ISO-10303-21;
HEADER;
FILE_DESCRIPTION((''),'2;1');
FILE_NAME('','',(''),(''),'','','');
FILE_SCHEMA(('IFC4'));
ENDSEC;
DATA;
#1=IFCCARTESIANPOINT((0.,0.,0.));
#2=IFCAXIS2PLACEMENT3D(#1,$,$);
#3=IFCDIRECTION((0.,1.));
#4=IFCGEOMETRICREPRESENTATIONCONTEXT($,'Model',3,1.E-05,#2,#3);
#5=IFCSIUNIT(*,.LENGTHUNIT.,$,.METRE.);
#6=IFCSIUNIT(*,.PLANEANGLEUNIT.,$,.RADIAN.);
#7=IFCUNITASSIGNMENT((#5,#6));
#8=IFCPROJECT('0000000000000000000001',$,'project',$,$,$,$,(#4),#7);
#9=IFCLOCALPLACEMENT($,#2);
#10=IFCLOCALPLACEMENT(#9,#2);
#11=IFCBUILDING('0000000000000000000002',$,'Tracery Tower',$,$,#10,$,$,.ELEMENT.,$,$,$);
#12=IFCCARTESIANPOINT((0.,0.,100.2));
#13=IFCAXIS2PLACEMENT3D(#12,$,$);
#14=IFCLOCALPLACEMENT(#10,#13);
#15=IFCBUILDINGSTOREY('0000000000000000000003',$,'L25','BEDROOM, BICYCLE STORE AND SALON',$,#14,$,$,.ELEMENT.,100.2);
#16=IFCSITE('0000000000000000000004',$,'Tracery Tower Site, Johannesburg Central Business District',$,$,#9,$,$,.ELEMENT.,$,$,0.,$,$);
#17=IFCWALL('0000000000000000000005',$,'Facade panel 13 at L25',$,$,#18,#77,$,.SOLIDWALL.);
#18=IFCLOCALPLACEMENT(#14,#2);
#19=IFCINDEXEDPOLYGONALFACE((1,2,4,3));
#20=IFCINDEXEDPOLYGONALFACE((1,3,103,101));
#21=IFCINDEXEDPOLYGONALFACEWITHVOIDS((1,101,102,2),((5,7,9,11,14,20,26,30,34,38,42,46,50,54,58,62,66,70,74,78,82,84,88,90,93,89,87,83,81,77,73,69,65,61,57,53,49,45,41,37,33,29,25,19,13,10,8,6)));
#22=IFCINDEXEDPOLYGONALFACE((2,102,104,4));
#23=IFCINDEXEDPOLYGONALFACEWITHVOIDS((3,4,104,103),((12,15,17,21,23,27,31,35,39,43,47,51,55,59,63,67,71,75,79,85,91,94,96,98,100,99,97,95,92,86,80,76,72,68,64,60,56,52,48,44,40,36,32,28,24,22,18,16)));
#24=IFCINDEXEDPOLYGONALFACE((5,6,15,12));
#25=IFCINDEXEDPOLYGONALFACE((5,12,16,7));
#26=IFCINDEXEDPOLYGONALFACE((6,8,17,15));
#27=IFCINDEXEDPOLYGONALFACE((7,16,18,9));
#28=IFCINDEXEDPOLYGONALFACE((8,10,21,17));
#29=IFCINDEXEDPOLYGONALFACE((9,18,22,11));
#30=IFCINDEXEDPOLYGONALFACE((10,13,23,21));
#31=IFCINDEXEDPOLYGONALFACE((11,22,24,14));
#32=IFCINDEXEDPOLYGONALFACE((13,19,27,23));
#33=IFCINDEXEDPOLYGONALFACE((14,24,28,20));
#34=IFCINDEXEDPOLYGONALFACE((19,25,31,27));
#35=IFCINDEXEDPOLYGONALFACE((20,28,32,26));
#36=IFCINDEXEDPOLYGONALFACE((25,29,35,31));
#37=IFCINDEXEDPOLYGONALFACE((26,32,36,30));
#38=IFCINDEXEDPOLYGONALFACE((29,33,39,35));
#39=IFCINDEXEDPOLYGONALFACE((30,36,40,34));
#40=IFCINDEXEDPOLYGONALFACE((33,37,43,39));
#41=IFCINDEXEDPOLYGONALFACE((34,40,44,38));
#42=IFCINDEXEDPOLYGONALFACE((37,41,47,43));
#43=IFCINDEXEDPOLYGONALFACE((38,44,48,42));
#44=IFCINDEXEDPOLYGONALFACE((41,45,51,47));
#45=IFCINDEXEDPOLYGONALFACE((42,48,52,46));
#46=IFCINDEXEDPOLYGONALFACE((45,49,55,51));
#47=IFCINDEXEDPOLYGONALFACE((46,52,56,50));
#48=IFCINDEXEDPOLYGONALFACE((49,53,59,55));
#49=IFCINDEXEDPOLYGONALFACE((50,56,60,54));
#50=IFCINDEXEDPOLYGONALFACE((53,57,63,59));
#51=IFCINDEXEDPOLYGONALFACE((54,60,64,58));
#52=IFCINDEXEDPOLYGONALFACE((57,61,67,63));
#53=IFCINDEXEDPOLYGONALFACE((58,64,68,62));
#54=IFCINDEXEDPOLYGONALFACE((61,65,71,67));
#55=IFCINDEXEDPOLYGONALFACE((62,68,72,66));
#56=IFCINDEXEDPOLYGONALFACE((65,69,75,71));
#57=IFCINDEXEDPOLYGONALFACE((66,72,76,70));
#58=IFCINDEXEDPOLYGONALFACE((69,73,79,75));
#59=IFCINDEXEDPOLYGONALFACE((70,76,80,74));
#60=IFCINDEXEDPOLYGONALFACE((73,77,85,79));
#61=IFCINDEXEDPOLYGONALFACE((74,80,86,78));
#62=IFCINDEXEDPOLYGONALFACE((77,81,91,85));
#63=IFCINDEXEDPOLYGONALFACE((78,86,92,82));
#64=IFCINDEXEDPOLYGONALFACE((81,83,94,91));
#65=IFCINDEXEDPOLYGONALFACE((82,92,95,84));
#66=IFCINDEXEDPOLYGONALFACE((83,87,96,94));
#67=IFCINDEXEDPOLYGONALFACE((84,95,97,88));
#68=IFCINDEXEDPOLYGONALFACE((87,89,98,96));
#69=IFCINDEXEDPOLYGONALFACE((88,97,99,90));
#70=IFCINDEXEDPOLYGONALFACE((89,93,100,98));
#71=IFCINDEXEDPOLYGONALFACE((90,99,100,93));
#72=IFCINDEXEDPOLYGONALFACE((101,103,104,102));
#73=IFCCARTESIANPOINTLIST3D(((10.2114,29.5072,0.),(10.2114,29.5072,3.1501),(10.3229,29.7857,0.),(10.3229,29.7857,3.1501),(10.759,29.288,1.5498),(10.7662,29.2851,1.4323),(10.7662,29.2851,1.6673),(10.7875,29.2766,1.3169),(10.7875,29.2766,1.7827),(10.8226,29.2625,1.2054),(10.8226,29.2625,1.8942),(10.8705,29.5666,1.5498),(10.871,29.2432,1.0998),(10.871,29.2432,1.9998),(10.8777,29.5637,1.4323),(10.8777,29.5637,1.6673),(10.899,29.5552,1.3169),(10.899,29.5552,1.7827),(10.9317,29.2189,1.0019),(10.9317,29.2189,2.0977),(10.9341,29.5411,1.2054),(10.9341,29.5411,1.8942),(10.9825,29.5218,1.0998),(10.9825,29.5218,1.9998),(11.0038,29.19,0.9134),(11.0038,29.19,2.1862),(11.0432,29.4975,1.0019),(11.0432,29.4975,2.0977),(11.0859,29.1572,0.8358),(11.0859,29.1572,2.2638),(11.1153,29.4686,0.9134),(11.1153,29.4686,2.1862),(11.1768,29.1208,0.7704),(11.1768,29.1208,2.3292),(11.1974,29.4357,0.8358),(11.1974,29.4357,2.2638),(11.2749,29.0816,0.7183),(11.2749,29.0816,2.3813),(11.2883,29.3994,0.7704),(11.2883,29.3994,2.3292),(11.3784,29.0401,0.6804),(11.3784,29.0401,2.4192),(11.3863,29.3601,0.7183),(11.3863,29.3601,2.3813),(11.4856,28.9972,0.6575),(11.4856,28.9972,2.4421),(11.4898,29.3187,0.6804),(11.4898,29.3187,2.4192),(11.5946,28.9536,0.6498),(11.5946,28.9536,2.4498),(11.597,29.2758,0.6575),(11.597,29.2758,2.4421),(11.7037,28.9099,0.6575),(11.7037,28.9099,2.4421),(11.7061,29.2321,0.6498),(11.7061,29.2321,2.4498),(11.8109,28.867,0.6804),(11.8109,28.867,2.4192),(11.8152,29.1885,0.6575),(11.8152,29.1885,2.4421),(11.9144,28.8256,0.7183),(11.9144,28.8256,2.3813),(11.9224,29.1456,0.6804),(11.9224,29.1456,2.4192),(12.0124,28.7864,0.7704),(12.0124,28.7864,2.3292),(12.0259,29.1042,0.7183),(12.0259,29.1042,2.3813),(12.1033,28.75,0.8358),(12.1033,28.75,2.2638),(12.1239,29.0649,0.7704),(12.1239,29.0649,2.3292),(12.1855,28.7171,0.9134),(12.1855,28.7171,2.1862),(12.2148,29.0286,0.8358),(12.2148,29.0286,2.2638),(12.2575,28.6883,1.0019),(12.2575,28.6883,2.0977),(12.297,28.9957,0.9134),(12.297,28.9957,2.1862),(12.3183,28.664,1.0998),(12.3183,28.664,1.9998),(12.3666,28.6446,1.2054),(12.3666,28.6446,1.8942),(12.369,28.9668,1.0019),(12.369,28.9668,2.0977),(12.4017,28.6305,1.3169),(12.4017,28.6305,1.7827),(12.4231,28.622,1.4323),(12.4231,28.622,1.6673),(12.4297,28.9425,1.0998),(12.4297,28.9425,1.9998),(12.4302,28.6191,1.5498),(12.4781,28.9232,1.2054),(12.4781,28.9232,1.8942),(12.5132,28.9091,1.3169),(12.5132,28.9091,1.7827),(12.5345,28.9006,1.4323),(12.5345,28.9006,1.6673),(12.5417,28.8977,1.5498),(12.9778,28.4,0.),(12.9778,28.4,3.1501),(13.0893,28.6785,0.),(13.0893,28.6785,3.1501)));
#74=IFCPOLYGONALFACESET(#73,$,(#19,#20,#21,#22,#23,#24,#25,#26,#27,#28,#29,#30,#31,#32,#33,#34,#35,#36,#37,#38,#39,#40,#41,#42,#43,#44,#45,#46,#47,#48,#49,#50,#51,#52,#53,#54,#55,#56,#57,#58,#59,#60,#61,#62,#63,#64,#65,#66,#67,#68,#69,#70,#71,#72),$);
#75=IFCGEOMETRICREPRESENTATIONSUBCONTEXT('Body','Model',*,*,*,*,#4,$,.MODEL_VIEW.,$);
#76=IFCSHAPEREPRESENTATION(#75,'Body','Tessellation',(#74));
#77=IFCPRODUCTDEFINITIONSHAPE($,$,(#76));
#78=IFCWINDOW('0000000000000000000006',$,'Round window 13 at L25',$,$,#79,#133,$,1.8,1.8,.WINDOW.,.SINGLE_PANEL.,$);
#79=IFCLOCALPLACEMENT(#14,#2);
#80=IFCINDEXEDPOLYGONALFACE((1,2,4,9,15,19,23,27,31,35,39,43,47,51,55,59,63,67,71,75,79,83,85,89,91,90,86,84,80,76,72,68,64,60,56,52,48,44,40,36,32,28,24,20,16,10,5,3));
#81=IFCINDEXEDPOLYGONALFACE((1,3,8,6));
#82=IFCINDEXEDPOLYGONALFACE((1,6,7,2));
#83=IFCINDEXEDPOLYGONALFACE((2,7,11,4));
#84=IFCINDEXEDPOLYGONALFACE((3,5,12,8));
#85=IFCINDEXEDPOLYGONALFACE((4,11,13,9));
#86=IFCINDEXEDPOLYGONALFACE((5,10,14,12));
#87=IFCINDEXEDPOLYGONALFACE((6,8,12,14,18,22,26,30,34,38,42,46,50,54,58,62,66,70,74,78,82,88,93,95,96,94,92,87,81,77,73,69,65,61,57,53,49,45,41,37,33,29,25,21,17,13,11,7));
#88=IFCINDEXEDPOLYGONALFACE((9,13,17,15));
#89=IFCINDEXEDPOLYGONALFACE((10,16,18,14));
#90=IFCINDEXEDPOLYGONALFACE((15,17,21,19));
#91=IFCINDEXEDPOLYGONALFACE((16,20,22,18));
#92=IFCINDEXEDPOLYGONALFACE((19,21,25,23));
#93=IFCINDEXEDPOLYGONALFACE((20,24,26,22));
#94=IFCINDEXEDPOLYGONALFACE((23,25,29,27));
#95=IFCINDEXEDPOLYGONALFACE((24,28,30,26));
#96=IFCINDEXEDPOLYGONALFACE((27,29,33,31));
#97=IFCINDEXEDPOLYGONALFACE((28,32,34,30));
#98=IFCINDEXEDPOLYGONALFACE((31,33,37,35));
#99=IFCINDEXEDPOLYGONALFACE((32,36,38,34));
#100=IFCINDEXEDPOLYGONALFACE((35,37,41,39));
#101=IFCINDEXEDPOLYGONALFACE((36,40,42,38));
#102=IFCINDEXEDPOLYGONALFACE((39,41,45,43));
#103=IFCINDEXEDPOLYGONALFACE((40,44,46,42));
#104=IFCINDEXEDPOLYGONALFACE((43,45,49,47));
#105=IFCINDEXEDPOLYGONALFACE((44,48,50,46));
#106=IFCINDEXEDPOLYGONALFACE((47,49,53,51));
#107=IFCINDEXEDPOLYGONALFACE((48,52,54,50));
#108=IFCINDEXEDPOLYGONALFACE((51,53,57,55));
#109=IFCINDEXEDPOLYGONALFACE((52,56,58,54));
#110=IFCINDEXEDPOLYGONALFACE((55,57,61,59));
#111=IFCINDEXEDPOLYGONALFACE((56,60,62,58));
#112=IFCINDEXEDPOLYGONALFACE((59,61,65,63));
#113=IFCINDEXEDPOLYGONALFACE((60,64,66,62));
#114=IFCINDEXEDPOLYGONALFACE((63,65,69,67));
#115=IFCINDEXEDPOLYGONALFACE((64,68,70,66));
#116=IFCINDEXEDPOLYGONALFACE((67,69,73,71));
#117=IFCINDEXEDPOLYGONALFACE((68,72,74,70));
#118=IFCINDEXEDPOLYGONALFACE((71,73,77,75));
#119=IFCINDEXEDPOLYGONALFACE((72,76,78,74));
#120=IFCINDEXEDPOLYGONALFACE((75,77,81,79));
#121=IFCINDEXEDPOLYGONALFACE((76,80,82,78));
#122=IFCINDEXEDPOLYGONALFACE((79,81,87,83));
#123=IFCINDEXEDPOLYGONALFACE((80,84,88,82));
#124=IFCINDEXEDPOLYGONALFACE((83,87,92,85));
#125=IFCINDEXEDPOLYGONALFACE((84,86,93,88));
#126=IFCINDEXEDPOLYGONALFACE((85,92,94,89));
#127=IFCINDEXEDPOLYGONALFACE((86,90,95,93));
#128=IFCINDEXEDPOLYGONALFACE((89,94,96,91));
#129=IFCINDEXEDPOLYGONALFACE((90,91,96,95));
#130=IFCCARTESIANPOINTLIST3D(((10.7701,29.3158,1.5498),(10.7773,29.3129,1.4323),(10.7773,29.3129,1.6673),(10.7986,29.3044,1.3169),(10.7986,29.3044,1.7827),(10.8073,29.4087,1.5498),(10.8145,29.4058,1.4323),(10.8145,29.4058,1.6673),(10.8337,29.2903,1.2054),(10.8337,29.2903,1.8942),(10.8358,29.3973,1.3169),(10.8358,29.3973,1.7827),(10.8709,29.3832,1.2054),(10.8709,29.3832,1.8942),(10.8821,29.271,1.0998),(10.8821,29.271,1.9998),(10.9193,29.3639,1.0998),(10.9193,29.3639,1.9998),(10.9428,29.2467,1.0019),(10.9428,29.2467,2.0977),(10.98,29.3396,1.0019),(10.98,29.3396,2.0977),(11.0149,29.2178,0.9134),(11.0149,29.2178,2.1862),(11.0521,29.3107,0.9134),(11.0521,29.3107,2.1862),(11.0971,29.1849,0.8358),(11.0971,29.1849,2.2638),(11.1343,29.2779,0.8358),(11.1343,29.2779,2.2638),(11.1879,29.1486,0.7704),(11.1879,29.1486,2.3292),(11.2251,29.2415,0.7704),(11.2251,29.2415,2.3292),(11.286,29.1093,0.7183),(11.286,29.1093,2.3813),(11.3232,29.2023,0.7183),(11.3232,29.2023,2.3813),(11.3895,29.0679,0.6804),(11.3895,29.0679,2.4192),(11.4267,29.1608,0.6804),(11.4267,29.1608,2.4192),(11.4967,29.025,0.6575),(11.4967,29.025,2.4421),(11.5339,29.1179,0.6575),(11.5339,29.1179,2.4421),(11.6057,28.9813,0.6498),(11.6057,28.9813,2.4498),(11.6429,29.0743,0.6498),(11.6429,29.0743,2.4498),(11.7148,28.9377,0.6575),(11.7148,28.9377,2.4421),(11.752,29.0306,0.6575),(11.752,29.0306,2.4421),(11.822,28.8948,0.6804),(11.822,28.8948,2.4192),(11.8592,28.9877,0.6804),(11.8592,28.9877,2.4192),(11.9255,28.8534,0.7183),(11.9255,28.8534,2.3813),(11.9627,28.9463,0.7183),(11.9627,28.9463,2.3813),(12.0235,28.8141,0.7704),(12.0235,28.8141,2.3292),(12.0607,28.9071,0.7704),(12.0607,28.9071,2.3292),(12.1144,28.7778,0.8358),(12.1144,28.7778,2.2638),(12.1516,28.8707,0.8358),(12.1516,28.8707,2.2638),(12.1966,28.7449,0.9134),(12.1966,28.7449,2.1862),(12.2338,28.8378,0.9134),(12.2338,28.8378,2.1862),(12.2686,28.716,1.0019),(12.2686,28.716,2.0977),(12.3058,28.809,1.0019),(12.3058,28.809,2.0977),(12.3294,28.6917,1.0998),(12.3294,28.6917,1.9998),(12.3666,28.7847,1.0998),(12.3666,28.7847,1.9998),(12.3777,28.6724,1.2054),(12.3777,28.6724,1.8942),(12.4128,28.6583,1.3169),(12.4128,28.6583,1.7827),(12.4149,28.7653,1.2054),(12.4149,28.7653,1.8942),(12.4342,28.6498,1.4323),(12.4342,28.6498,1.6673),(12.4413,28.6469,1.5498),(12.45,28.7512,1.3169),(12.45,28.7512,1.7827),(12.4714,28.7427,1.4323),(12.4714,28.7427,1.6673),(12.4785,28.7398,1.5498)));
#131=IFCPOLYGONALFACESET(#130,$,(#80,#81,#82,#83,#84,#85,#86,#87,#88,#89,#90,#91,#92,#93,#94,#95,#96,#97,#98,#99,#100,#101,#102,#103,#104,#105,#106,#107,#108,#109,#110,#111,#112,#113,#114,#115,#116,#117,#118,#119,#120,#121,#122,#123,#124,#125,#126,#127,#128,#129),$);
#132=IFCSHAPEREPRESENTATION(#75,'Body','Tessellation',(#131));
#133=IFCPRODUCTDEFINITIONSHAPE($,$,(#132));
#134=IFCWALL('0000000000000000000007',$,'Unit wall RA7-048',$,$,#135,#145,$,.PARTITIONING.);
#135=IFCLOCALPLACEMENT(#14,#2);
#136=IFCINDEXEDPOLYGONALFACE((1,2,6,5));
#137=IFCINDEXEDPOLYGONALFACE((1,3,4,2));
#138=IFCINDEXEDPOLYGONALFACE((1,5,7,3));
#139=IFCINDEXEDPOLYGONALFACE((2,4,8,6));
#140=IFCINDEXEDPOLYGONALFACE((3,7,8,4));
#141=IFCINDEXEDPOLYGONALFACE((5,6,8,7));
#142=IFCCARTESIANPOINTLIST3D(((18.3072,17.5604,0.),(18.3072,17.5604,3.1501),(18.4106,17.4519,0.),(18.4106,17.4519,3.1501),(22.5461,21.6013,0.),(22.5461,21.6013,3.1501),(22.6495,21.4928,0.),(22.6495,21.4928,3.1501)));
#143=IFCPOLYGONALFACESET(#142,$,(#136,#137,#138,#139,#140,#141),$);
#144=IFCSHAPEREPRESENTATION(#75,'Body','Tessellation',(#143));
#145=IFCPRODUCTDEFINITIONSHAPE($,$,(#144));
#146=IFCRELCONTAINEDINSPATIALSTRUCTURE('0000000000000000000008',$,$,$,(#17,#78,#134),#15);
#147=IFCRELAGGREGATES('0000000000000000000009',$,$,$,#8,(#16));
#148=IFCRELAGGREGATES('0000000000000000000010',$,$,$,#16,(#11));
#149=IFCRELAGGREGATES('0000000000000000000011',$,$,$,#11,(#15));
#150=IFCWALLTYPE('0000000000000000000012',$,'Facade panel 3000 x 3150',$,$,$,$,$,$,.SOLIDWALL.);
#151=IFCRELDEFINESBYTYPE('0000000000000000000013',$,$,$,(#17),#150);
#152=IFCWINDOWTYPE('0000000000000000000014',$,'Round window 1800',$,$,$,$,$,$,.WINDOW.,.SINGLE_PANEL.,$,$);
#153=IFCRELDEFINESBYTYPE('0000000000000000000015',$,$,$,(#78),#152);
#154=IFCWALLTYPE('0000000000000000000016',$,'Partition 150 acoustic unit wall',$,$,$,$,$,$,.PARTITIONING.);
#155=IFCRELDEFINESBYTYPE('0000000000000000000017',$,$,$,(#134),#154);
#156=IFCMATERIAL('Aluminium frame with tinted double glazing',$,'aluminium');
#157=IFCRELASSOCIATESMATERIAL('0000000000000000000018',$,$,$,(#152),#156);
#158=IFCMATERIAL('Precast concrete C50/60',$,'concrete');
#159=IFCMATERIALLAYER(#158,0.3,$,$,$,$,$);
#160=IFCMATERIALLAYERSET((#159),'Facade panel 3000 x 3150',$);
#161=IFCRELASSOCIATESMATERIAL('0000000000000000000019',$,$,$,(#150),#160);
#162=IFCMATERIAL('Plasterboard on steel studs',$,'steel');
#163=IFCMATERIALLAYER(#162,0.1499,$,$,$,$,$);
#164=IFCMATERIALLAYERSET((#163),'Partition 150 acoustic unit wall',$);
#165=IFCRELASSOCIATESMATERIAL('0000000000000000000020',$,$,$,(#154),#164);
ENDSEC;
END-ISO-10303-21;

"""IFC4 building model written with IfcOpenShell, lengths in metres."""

from ifc_helpers import new_model, si_unit, direction, frame, frame_2d, origin, origin_2d, place, context, subcontext, project, spatial, rectangle, circle, extrude, material, layer, layer_set, type_object, element, fill, save


model = new_model("IFC4")

# Units and contexts
model_context = context("Model", 3, precision=1e-05, world=origin(), true_north=direction((0.0, 1.0)))
body_context = subcontext(model_context, "Body", "Model", "MODEL_VIEW")
ifc_project = project(units=[si_unit("LENGTHUNIT", "METRE"), si_unit("PLANEANGLEUNIT", "RADIAN")], contexts=[model_context])

# Site, building, storey
site_placement = place(None, origin())
site = spatial("IfcSite", under=ifc_project, at=site_placement, Name="Tracery Tower Site, Johannesburg Central Business District", CompositionType="ELEMENT", RefElevation=0.0)
building_placement = place(site_placement, origin())
building = spatial("IfcBuilding", under=site, at=building_placement, Name="Tracery Tower", CompositionType="ELEMENT")
storey_placement = place(building_placement, frame((0.0, 0.0, 100.2)))
storey = spatial("IfcBuildingStorey", under=building, at=storey_placement, Name="L25", Description="BEDROOM, BICYCLE STORE AND SALON", CompositionType="ELEMENT", Elevation=100.2)

# Wall, opening, window
ifc_material_1 = material(Name="Aluminium frame with tinted double glazing", Category="aluminium")
window_type = type_object("IfcWindowType", Name="Round window 1800", PartitioningType="SINGLE_PANEL", PredefinedType="WINDOW", material=ifc_material_1)
ifc_material_2 = material(Name="Precast concrete C50/60", Category="concrete")
ifc_layer_1 = layer(ifc_material_2, 0.3)
ifc_layer_set_1 = layer_set([ifc_layer_1], Name="Facade panel 3000 x 3150")
wall_type_1 = type_object("IfcWallType", Name="Facade panel 3000 x 3150", PredefinedType="SOLIDWALL", material=ifc_layer_set_1)
wall_1_placement = place(storey_placement, frame((13.0334, 28.5393, 0.0), z_axis=(0.0, 0.0, 1.0), x_axis=(-0.928403, 0.371574, 0.0)))
wall_1 = element("IfcWall", 1, at=wall_1_placement, inside=storey, type_object=wall_type_1, Name="Facade panel 13 at L25", PredefinedType="SOLIDWALL", context=body_context, shape_type="SweptSolid", body=[
    extrude(rectangle(XDim=2.9797, YDim=0.3, at=frame_2d((1.4897, 0.0))), origin(), (0.0, 0.0, 1.0), 3.1501),
])
opening_1_placement = place(wall_1_placement, frame((1.4897, 0.0, 1.5498)))
opening_1 = element("IfcOpeningElement", 2, at=opening_1_placement, cuts=wall_1, PredefinedType="OPENING", context=body_context, shape_type="SweptSolid", body=[
    extrude(circle(Radius=0.9, at=origin_2d()), frame((0.0, 0.1599, 0.0), z_axis=(0.0, -1.0, 0.0), x_axis=(1.0, 0.0, 0.0)), (0.0, 0.0, 1.0), 0.3201),
])
window_1_placement = place(opening_1_placement, origin())
window_1 = element("IfcWindow", 3, at=window_1_placement, inside=storey, type_object=window_type, Name="Round window 13 at L25", OverallHeight=1.8, OverallWidth=1.8, PartitioningType="SINGLE_PANEL", PredefinedType="WINDOW", context=body_context, shape_type="SweptSolid", body=[
    extrude(circle(Radius=0.9, at=origin_2d()), frame((0.0, 0.1201, 0.0), z_axis=(0.0, -1.0, 0.0), x_axis=(1.0, 0.0, 0.0)), (0.0, 0.0, 1.0), 0.1001),
])
fill(opening_1, window_1)

# Wall
ifc_material_3 = material(Name="Plasterboard on steel studs", Category="steel")
ifc_layer_2 = layer(ifc_material_3, 0.1499)
ifc_layer_set_2 = layer_set([ifc_layer_2], Name="Partition 150 acoustic unit wall")
wall_type_2 = type_object("IfcWallType", Name="Partition 150 acoustic unit wall", PredefinedType="PARTITIONING", material=ifc_layer_set_2)
wall_2_placement = place(storey_placement, frame((18.3589, 17.5061, 0.0), z_axis=(0.0, 0.0, 1.0), x_axis=(0.723809, 0.690001, 0.0)))
element("IfcWall", 4, at=wall_2_placement, inside=storey, type_object=wall_type_2, Name="Unit wall RA7-048", PredefinedType="PARTITIONING", context=body_context, shape_type="SweptSolid", body=[
    extrude(rectangle(XDim=5.8564, YDim=0.1499, at=frame_2d((2.9282, 0.0))), origin(), (0.0, 0.0, 1.0), 3.1501),
])

save(model, "model.ifc")
